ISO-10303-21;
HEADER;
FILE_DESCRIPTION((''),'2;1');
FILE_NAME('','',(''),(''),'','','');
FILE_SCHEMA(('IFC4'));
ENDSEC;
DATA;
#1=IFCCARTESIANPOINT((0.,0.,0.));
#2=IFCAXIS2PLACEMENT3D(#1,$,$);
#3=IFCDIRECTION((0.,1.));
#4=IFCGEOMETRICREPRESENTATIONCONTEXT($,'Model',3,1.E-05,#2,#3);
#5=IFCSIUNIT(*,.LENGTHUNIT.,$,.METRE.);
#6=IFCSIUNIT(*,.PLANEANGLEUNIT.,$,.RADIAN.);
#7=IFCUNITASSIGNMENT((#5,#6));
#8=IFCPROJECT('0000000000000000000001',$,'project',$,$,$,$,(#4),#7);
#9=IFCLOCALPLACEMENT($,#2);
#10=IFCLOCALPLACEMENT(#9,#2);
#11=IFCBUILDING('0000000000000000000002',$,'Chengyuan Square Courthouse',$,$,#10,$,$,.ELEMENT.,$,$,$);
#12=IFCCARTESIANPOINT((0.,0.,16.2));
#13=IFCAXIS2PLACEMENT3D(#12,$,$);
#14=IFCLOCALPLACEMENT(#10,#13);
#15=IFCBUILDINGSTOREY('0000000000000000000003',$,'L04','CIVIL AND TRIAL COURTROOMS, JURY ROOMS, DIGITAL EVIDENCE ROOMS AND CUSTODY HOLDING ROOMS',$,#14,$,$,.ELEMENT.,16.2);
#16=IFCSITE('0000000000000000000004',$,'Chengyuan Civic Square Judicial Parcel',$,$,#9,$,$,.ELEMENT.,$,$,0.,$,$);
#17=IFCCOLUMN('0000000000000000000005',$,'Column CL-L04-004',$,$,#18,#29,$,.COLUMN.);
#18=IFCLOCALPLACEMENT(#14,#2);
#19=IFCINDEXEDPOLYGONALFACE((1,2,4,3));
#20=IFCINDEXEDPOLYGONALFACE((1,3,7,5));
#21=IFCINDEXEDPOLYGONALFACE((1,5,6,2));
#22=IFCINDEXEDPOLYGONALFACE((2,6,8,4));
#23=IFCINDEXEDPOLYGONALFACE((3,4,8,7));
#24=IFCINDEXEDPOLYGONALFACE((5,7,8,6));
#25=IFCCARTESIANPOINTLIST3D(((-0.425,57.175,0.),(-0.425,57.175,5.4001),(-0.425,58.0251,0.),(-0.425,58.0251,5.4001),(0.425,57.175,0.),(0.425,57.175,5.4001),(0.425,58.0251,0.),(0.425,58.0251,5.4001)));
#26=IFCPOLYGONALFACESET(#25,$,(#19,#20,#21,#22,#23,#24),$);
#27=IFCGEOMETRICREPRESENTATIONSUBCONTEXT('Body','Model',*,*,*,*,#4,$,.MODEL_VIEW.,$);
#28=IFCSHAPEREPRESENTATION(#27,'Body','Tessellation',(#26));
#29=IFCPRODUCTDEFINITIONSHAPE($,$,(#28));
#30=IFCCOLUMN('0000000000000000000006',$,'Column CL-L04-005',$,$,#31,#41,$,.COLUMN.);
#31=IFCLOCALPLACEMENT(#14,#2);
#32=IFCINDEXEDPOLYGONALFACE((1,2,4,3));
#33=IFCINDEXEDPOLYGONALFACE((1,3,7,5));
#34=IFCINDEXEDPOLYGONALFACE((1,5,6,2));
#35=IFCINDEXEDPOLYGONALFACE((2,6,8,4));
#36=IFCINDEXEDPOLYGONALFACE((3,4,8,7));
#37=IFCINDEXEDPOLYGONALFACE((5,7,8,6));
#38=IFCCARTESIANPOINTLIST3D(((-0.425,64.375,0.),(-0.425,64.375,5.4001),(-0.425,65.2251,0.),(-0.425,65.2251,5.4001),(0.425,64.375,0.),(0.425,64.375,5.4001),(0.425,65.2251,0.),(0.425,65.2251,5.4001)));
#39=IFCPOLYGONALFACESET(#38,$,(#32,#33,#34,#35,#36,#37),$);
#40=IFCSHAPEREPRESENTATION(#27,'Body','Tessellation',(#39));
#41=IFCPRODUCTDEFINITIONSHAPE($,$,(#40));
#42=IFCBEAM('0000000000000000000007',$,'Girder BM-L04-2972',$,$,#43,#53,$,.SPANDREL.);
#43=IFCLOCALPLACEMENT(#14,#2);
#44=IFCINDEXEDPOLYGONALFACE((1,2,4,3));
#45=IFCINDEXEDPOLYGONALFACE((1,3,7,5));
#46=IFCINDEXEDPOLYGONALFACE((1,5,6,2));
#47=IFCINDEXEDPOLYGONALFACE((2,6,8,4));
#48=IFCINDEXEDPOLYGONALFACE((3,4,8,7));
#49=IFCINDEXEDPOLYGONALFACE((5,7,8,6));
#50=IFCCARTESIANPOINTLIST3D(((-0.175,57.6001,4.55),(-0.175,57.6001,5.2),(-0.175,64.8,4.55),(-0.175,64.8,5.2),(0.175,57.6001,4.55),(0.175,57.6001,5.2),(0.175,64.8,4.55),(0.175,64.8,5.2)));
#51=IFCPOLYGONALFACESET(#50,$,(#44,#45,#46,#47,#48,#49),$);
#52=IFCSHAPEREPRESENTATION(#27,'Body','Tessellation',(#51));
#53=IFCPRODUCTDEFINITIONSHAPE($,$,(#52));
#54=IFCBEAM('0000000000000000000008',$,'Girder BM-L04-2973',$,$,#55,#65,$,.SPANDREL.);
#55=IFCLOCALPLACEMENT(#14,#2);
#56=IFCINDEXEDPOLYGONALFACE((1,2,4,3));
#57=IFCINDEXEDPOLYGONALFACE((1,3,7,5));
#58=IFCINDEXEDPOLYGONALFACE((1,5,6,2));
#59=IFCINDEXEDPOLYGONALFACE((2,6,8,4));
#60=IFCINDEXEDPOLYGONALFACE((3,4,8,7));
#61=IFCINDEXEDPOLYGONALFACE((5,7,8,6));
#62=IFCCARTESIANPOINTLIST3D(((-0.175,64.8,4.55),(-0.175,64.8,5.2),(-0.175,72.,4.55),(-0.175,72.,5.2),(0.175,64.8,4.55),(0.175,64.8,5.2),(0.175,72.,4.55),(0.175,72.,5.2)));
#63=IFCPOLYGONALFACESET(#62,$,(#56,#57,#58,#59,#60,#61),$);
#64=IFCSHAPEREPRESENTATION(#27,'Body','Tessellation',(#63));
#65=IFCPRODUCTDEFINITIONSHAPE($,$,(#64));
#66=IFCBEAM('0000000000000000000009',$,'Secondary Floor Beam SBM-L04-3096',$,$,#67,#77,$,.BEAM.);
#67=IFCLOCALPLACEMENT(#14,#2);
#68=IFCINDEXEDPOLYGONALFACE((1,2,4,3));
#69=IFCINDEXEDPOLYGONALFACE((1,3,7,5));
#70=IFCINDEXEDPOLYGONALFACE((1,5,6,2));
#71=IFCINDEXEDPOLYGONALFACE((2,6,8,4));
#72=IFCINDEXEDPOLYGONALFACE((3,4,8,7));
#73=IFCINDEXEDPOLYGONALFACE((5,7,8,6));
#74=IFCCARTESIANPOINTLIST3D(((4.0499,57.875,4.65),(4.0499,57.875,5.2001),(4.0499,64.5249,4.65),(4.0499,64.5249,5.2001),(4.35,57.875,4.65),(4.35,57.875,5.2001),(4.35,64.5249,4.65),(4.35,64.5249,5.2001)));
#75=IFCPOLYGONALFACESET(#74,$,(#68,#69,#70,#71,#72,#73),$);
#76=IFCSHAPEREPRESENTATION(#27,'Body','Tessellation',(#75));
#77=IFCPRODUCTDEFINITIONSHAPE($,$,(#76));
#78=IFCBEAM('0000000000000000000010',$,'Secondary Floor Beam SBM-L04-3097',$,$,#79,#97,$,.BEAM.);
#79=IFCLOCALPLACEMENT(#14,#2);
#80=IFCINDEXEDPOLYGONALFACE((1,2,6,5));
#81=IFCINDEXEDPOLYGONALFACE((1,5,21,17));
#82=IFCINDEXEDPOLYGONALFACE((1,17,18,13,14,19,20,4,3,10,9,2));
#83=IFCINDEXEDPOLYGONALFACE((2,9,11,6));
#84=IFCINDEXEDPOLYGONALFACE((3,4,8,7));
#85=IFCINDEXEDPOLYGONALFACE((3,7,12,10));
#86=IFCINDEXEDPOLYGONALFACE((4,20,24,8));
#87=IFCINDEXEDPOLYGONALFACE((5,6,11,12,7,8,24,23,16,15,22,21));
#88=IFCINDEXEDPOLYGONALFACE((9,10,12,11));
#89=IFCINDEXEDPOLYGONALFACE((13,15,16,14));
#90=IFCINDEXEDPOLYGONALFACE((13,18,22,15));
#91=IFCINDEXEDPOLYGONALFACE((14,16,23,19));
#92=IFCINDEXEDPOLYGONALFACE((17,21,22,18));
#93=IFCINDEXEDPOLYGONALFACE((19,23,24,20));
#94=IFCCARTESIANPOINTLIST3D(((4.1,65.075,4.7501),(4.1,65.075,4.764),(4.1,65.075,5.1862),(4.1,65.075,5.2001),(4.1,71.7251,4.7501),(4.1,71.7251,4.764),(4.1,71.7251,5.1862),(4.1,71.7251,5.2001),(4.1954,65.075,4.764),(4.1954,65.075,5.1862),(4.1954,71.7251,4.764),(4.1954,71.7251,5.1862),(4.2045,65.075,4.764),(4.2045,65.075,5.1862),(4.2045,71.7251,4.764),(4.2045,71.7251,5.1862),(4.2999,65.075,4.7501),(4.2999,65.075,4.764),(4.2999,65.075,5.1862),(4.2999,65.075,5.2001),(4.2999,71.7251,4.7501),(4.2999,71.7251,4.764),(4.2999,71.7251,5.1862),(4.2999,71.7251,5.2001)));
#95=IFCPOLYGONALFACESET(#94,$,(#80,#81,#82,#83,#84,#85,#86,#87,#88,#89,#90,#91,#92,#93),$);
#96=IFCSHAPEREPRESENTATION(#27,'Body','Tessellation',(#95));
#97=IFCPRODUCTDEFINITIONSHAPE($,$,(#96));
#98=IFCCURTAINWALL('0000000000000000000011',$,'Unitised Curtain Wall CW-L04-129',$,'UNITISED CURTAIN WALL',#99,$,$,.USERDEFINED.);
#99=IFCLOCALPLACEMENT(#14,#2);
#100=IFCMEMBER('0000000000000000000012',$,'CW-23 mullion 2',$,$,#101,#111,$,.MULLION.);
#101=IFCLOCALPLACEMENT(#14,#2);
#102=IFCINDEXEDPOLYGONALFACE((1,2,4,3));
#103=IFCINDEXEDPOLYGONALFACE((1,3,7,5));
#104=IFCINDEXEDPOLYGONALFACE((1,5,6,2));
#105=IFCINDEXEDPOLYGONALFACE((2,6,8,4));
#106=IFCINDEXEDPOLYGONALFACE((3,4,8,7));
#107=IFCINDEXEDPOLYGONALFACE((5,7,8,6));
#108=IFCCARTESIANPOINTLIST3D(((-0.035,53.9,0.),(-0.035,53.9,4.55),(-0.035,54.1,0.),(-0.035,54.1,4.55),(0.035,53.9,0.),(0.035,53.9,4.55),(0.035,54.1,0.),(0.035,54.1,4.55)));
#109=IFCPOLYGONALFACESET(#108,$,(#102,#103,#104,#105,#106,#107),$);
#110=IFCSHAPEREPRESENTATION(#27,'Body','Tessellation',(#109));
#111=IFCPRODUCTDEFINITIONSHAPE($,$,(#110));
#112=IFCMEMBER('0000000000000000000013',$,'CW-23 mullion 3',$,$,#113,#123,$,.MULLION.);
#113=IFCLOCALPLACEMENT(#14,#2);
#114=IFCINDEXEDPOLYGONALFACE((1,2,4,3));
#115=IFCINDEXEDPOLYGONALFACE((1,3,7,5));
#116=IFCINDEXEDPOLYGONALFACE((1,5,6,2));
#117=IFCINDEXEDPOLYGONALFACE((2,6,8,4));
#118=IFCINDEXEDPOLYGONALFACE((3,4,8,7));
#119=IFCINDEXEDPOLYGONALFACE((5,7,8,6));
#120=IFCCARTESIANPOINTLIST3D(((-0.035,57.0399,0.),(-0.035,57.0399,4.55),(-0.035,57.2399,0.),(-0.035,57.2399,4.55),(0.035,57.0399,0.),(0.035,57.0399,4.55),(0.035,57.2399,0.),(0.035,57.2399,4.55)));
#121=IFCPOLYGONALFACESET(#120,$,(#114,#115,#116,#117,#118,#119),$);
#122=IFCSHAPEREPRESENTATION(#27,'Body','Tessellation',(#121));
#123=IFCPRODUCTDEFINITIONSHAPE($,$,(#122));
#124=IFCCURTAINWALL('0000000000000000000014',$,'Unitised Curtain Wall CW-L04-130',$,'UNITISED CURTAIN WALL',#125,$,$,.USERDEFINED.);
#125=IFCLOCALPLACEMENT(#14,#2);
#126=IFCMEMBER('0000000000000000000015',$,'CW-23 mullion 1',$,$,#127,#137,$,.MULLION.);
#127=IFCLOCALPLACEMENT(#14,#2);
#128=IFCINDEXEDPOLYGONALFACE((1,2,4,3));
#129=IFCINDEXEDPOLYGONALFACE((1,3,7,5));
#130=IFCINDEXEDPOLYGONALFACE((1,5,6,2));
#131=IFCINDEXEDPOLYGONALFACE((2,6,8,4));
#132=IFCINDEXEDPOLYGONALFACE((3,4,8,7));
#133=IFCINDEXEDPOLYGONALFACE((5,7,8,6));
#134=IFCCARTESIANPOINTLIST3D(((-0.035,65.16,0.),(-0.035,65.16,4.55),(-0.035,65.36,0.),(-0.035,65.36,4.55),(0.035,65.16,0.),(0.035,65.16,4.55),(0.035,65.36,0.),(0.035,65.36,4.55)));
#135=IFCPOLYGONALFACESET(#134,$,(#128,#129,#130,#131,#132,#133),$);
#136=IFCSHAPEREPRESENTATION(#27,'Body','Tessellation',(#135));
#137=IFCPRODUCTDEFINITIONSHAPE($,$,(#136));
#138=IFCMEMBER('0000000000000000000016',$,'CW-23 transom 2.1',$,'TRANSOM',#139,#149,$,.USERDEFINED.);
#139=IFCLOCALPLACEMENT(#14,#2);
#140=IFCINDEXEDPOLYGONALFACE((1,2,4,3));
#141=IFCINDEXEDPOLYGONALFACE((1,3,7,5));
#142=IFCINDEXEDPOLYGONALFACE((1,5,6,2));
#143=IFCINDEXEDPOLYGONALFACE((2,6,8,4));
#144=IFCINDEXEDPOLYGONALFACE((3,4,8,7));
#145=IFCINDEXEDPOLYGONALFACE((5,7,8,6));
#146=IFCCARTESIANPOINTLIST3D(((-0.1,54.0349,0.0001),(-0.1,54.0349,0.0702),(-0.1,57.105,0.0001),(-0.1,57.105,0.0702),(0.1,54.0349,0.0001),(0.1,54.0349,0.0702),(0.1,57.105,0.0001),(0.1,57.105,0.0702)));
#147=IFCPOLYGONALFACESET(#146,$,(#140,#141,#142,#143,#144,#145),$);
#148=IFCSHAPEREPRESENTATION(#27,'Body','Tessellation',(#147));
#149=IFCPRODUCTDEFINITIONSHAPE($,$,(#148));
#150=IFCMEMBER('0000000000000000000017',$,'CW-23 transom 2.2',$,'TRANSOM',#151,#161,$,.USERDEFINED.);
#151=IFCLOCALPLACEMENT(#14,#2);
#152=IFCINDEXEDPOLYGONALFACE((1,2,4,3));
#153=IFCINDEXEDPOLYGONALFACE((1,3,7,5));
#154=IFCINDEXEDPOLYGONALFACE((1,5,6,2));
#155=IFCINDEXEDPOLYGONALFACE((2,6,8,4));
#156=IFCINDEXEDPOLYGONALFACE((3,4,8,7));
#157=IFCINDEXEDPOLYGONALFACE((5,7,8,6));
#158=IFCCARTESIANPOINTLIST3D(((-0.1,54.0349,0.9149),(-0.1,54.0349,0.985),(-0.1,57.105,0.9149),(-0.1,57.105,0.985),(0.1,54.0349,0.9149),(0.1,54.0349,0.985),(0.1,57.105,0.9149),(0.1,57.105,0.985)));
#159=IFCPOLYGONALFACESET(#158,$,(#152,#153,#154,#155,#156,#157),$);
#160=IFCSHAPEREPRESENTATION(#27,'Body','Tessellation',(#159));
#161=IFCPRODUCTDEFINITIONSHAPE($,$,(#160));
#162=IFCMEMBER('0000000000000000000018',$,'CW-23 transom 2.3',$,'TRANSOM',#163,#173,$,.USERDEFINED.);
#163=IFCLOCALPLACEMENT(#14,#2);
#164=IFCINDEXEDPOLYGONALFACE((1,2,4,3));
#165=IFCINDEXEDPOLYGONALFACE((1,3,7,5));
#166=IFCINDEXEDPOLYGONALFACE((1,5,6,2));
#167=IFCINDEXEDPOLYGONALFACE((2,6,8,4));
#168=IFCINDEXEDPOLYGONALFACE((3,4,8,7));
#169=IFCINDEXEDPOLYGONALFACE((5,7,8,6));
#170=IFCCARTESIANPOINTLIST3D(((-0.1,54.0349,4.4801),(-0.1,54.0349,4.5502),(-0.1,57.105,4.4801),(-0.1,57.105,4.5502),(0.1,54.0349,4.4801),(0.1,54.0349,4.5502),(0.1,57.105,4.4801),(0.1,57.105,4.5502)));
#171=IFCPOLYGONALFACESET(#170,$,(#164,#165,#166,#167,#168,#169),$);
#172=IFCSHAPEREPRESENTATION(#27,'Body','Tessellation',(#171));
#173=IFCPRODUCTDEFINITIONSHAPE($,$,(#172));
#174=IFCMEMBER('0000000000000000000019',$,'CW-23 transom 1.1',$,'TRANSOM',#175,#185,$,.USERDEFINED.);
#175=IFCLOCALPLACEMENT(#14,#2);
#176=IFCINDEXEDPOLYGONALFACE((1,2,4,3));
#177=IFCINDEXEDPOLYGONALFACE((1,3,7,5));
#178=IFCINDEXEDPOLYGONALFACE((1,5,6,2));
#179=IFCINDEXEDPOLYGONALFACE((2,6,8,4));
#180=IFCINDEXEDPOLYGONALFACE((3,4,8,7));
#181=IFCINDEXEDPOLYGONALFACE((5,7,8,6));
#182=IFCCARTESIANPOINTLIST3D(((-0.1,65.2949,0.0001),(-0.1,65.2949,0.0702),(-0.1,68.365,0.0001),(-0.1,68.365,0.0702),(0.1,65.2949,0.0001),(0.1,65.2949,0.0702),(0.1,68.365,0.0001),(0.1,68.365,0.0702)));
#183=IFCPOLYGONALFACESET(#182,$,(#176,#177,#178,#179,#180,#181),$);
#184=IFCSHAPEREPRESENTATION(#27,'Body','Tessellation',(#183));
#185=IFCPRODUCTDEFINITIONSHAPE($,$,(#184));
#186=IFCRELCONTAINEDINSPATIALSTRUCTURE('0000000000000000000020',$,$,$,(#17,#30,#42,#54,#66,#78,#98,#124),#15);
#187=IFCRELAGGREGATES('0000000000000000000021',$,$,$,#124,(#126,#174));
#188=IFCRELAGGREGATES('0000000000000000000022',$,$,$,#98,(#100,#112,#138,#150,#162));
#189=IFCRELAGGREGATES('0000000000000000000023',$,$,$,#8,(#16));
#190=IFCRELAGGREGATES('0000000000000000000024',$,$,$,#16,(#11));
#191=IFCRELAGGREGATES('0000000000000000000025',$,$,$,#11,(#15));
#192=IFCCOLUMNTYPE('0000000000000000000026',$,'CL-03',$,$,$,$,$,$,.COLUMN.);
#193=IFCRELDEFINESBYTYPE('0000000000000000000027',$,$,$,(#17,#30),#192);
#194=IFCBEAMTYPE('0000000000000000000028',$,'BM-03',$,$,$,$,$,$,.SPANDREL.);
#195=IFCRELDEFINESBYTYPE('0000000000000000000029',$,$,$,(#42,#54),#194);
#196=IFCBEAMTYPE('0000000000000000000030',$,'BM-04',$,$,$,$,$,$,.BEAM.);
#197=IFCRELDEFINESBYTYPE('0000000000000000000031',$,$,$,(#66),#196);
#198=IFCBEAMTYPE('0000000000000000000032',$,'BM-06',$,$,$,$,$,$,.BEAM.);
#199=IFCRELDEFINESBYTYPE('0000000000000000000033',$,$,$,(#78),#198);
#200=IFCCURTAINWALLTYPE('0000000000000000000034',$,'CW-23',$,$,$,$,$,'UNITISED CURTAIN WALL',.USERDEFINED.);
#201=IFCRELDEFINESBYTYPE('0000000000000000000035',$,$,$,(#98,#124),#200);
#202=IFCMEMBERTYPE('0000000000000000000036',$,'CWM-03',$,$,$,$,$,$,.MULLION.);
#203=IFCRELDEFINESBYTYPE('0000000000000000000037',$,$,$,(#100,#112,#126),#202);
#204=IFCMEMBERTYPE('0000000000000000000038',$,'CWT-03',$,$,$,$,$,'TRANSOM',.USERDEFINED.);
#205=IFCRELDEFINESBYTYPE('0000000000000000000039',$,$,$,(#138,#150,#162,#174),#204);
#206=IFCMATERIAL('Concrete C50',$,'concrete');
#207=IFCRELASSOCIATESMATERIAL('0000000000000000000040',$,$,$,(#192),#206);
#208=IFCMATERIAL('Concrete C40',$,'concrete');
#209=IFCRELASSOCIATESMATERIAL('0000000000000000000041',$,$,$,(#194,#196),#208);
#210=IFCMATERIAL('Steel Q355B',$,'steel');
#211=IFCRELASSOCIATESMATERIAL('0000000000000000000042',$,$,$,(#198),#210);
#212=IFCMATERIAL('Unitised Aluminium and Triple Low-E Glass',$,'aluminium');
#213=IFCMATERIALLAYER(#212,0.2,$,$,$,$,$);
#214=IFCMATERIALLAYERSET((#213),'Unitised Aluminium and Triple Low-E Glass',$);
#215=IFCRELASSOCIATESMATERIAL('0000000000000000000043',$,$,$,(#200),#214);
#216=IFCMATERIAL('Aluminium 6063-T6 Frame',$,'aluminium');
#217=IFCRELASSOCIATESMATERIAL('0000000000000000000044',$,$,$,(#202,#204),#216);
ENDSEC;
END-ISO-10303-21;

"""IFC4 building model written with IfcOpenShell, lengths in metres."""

from ifc_helpers import new_model, si_unit, direction, frame, origin, origin_2d, place, context, subcontext, project, spatial, rectangle, i_section, extrude, material, layer, layer_set, material_profile, profile_set, type_object, element, aggregate, save


model = new_model("IFC4")

# Units and contexts
model_context = context("Model", 3, precision=1e-05, world=origin(), true_north=direction((0.0, 1.0)))
body_context = subcontext(model_context, "Body", "Model", "MODEL_VIEW")
ifc_project = project(units=[si_unit("LENGTHUNIT", "METRE"), si_unit("PLANEANGLEUNIT", "RADIAN")], contexts=[model_context])

# Site, building, storey
site_placement = place(None, origin())
site = spatial("IfcSite", under=ifc_project, at=site_placement, Name="Chengyuan Civic Square Judicial Parcel", CompositionType="ELEMENT", RefElevation=0.0)
building_placement = place(site_placement, origin())
building = spatial("IfcBuilding", under=site, at=building_placement, Name="Chengyuan Square Courthouse", CompositionType="ELEMENT")
storey_placement = place(building_placement, frame((0.0, 0.0, 16.2)))
storey = spatial("IfcBuildingStorey", under=building, at=storey_placement, Name="L04", Description="CIVIL AND TRIAL COURTROOMS, JURY ROOMS, DIGITAL EVIDENCE ROOMS AND CUSTODY HOLDING ROOMS", CompositionType="ELEMENT", Elevation=16.2)

# Columns
ifc_material_1 = material(Name="Concrete C50", Category="concrete")
ifc_material_profile_1 = material_profile(ifc_material_1, rectangle(XDim=0.8501, YDim=0.8501, at=origin_2d()), Name="RC-COL-850x850")
ifc_profile_set_1 = profile_set([ifc_material_profile_1], Name="Concrete C50")
column_type = type_object("IfcColumnType", Name="CL-03", PredefinedType="COLUMN", material=ifc_profile_set_1)
for number, where, z_axis, x_axis, name in (
    (1, (0.0, 57.6001, 0.0), (0.0, 0.0, 1.0), (1.0, 0.0, 0.0), "Column CL-L04-004"),
    (2, (0.0, 64.8, 0.0), (0.0, 0.0, 1.0), (1.0, 0.0, 0.0), "Column CL-L04-005"),
):
    element("IfcColumn", number, at=place(storey_placement, frame(where, z_axis=z_axis, x_axis=x_axis)), inside=storey, type_object=column_type, Name=name, PredefinedType="COLUMN", context=body_context, shape_type="SweptSolid", body=[
        extrude(rectangle(XDim=0.8501, YDim=0.8501, at=origin_2d()), origin(), (0.0, 0.0, 1.0), 5.4001),
    ])

# Beams
ifc_material_2 = material(Name="Concrete C40", Category="concrete")
ifc_material_profile_2 = material_profile(ifc_material_2, rectangle(XDim=0.3501, YDim=0.6499, at=origin_2d()), Name="RC-BM-350x650")
ifc_profile_set_2 = profile_set([ifc_material_profile_2], Name="Concrete C40")
beam_type_1 = type_object("IfcBeamType", Name="BM-03", PredefinedType="SPANDREL", material=ifc_profile_set_2)
for number, where, z_axis, x_axis, name in (
    (3, (0.0, 57.6001, 4.875), (0.0, 1.0, 0.0), (-1.0, 0.0, 0.0), "Girder BM-L04-2972"),
    (4, (0.0, 64.8, 4.875), (0.0, 1.0, 0.0), (-1.0, 0.0, 0.0), "Girder BM-L04-2973"),
):
    element("IfcBeam", number, at=place(storey_placement, frame(where, z_axis=z_axis, x_axis=x_axis)), inside=storey, type_object=beam_type_1, Name=name, PredefinedType="SPANDREL", context=body_context, shape_type="SweptSolid", body=[
        extrude(rectangle(XDim=0.3501, YDim=0.6499, at=origin_2d()), origin(), (0.0, 0.0, 1.0), 7.2),
    ])
ifc_material_profile_3 = material_profile(ifc_material_2, rectangle(XDim=0.3, YDim=0.55, at=origin_2d()), Name="RC-BM-300x550")
ifc_profile_set_3 = profile_set([ifc_material_profile_3], Name="Concrete C40")
beam_type_2 = type_object("IfcBeamType", Name="BM-04", PredefinedType="BEAM", material=ifc_profile_set_3)
beam_1_placement = place(storey_placement, frame((4.2, 57.875, 4.925), z_axis=(0.0, 1.0, 0.0), x_axis=(-1.0, 0.0, 0.0)))
element("IfcBeam", 5, at=beam_1_placement, inside=storey, type_object=beam_type_2, Name="Secondary Floor Beam SBM-L04-3096", PredefinedType="BEAM", context=body_context, shape_type="SweptSolid", body=[
    extrude(rectangle(XDim=0.3, YDim=0.55, at=origin_2d()), origin(), (0.0, 0.0, 1.0), 6.6499),
])
ifc_material_3 = material(Name="Steel Q355B", Category="steel")
ifc_material_profile_4 = material_profile(ifc_material_3, i_section(OverallWidth=0.2, OverallDepth=0.45, WebThickness=0.009, FlangeThickness=0.0139, at=origin_2d()), Name="HN 450x200x9x14")
ifc_profile_set_4 = profile_set([ifc_material_profile_4], Name="Steel Q355B")
beam_type_3 = type_object("IfcBeamType", Name="BM-06", PredefinedType="BEAM", material=ifc_profile_set_4)
beam_2_placement = place(storey_placement, frame((4.2, 65.075, 4.9751), z_axis=(0.0, 1.0, 0.0), x_axis=(-1.0, 0.0, 0.0)))
element("IfcBeam", 6, at=beam_2_placement, inside=storey, type_object=beam_type_3, Name="Secondary Floor Beam SBM-L04-3097", PredefinedType="BEAM", context=body_context, shape_type="SweptSolid", body=[
    extrude(i_section(OverallWidth=0.2, OverallDepth=0.45, WebThickness=0.009, FlangeThickness=0.0139, at=origin_2d()), origin(), (0.0, 0.0, 1.0), 6.6501),
])

# Curtain wall, members
ifc_material_4 = material(Name="Unitised Aluminium and Triple Low-E Glass", Category="aluminium")
ifc_layer_1 = layer(ifc_material_4, 0.2)
ifc_layer_set_1 = layer_set([ifc_layer_1], Name="Unitised Aluminium and Triple Low-E Glass")
curtain_wall_type = type_object("IfcCurtainWallType", Name="CW-23", ElementType="UNITISED CURTAIN WALL", PredefinedType="USERDEFINED", material=ifc_layer_set_1)
curtain_wall_1_placement = place(storey_placement, origin())
curtain_wall_1 = element("IfcCurtainWall", 7, at=curtain_wall_1_placement, inside=storey, type_object=curtain_wall_type, Name="Unitised Curtain Wall CW-L04-129", ObjectType="UNITISED CURTAIN WALL", PredefinedType="USERDEFINED")
ifc_material_5 = material(Name="Aluminium 6063-T6 Frame", Category="aluminium")
ifc_material_profile_5 = material_profile(ifc_material_5, rectangle(XDim=0.0701, YDim=0.2, at=origin_2d()), Name="CW-MUL-70x200")
ifc_profile_set_5 = profile_set([ifc_material_profile_5], Name="Aluminium 6063-T6 Frame")
member_type_1 = type_object("IfcMemberType", Name="CWM-03", PredefinedType="MULLION", material=ifc_profile_set_5)
member_1_placement = place(storey_placement, frame((0.0, 54.0, 0.0), z_axis=(0.0, 0.0, 1.0), x_axis=(-1.0, 0.0, 0.0)))
member_1 = element("IfcMember", 8, at=member_1_placement, type_object=member_type_1, Name="CW-23 mullion 2", PredefinedType="MULLION", context=body_context, shape_type="SweptSolid", body=[
    extrude(rectangle(XDim=0.0701, YDim=0.2, at=origin_2d()), origin(), (0.0, 0.0, 1.0), 4.55),
])
member_2_placement = place(storey_placement, frame((0.0, 57.1399, 0.0), z_axis=(0.0, 0.0, 1.0), x_axis=(-1.0, 0.0, 0.0)))
member_2 = element("IfcMember", 9, at=member_2_placement, type_object=member_type_1, Name="CW-23 mullion 3", PredefinedType="MULLION", context=body_context, shape_type="SweptSolid", body=[
    extrude(rectangle(XDim=0.0701, YDim=0.2, at=origin_2d()), origin(), (0.0, 0.0, 1.0), 4.55),
])

# Curtain wall, member
curtain_wall_2_placement = place(storey_placement, origin())
curtain_wall_2 = element("IfcCurtainWall", 10, at=curtain_wall_2_placement, inside=storey, type_object=curtain_wall_type, Name="Unitised Curtain Wall CW-L04-130", ObjectType="UNITISED CURTAIN WALL", PredefinedType="USERDEFINED")
member_3_placement = place(storey_placement, frame((0.0, 65.26, 0.0), z_axis=(0.0, 0.0, 1.0), x_axis=(-1.0, 0.0, 0.0)))
member_3 = element("IfcMember", 11, at=member_3_placement, type_object=member_type_1, Name="CW-23 mullion 1", PredefinedType="MULLION", context=body_context, shape_type="SweptSolid", body=[
    extrude(rectangle(XDim=0.0701, YDim=0.2, at=origin_2d()), origin(), (0.0, 0.0, 1.0), 4.55),
])

# Members
ifc_material_profile_6 = material_profile(ifc_material_5, rectangle(XDim=0.2, YDim=0.0701, at=origin_2d()), Name="CW-TRN-70x160")
ifc_profile_set_6 = profile_set([ifc_material_profile_6], Name="Aluminium 6063-T6 Frame")
member_type_2 = type_object("IfcMemberType", Name="CWT-03", ElementType="TRANSOM", PredefinedType="USERDEFINED", material=ifc_profile_set_6)
member_4_placement = place(storey_placement, frame((0.0, 54.0349, 0.0352), z_axis=(0.0, 1.0, 0.0), x_axis=(-1.0, 0.0, 0.0)))
member_4 = element("IfcMember", 12, at=member_4_placement, type_object=member_type_2, Name="CW-23 transom 2.1", ObjectType="TRANSOM", PredefinedType="USERDEFINED", context=body_context, shape_type="SweptSolid", body=[
    extrude(rectangle(XDim=0.2, YDim=0.0701, at=origin_2d()), origin(), (0.0, 0.0, 1.0), 3.0701),
])
member_5_placement = place(storey_placement, frame((0.0, 54.0349, 0.95), z_axis=(0.0, 1.0, 0.0), x_axis=(-1.0, 0.0, 0.0)))
member_5 = element("IfcMember", 13, at=member_5_placement, type_object=member_type_2, Name="CW-23 transom 2.2", ObjectType="TRANSOM", PredefinedType="USERDEFINED", context=body_context, shape_type="SweptSolid", body=[
    extrude(rectangle(XDim=0.2, YDim=0.0701, at=origin_2d()), origin(), (0.0, 0.0, 1.0), 3.0701),
])
member_6_placement = place(storey_placement, frame((0.0, 54.0349, 4.5151), z_axis=(0.0, 1.0, 0.0), x_axis=(-1.0, 0.0, 0.0)))
member_6 = element("IfcMember", 14, at=member_6_placement, type_object=member_type_2, Name="CW-23 transom 2.3", ObjectType="TRANSOM", PredefinedType="USERDEFINED", context=body_context, shape_type="SweptSolid", body=[
    extrude(rectangle(XDim=0.2, YDim=0.0701, at=origin_2d()), origin(), (0.0, 0.0, 1.0), 3.0701),
])
member_7_placement = place(storey_placement, frame((0.0, 65.2949, 0.0352), z_axis=(0.0, 1.0, 0.0), x_axis=(-1.0, 0.0, 0.0)))
member_7 = element("IfcMember", 15, at=member_7_placement, type_object=member_type_2, Name="CW-23 transom 1.1", ObjectType="TRANSOM", PredefinedType="USERDEFINED", context=body_context, shape_type="SweptSolid", body=[
    extrude(rectangle(XDim=0.2, YDim=0.0701, at=origin_2d()), origin(), (0.0, 0.0, 1.0), 3.0701),
])
aggregate(curtain_wall_2, [member_3, member_7])

aggregate(curtain_wall_1, [member_1, member_2, member_4, member_5, member_6])

save(model, "model.ifc")
